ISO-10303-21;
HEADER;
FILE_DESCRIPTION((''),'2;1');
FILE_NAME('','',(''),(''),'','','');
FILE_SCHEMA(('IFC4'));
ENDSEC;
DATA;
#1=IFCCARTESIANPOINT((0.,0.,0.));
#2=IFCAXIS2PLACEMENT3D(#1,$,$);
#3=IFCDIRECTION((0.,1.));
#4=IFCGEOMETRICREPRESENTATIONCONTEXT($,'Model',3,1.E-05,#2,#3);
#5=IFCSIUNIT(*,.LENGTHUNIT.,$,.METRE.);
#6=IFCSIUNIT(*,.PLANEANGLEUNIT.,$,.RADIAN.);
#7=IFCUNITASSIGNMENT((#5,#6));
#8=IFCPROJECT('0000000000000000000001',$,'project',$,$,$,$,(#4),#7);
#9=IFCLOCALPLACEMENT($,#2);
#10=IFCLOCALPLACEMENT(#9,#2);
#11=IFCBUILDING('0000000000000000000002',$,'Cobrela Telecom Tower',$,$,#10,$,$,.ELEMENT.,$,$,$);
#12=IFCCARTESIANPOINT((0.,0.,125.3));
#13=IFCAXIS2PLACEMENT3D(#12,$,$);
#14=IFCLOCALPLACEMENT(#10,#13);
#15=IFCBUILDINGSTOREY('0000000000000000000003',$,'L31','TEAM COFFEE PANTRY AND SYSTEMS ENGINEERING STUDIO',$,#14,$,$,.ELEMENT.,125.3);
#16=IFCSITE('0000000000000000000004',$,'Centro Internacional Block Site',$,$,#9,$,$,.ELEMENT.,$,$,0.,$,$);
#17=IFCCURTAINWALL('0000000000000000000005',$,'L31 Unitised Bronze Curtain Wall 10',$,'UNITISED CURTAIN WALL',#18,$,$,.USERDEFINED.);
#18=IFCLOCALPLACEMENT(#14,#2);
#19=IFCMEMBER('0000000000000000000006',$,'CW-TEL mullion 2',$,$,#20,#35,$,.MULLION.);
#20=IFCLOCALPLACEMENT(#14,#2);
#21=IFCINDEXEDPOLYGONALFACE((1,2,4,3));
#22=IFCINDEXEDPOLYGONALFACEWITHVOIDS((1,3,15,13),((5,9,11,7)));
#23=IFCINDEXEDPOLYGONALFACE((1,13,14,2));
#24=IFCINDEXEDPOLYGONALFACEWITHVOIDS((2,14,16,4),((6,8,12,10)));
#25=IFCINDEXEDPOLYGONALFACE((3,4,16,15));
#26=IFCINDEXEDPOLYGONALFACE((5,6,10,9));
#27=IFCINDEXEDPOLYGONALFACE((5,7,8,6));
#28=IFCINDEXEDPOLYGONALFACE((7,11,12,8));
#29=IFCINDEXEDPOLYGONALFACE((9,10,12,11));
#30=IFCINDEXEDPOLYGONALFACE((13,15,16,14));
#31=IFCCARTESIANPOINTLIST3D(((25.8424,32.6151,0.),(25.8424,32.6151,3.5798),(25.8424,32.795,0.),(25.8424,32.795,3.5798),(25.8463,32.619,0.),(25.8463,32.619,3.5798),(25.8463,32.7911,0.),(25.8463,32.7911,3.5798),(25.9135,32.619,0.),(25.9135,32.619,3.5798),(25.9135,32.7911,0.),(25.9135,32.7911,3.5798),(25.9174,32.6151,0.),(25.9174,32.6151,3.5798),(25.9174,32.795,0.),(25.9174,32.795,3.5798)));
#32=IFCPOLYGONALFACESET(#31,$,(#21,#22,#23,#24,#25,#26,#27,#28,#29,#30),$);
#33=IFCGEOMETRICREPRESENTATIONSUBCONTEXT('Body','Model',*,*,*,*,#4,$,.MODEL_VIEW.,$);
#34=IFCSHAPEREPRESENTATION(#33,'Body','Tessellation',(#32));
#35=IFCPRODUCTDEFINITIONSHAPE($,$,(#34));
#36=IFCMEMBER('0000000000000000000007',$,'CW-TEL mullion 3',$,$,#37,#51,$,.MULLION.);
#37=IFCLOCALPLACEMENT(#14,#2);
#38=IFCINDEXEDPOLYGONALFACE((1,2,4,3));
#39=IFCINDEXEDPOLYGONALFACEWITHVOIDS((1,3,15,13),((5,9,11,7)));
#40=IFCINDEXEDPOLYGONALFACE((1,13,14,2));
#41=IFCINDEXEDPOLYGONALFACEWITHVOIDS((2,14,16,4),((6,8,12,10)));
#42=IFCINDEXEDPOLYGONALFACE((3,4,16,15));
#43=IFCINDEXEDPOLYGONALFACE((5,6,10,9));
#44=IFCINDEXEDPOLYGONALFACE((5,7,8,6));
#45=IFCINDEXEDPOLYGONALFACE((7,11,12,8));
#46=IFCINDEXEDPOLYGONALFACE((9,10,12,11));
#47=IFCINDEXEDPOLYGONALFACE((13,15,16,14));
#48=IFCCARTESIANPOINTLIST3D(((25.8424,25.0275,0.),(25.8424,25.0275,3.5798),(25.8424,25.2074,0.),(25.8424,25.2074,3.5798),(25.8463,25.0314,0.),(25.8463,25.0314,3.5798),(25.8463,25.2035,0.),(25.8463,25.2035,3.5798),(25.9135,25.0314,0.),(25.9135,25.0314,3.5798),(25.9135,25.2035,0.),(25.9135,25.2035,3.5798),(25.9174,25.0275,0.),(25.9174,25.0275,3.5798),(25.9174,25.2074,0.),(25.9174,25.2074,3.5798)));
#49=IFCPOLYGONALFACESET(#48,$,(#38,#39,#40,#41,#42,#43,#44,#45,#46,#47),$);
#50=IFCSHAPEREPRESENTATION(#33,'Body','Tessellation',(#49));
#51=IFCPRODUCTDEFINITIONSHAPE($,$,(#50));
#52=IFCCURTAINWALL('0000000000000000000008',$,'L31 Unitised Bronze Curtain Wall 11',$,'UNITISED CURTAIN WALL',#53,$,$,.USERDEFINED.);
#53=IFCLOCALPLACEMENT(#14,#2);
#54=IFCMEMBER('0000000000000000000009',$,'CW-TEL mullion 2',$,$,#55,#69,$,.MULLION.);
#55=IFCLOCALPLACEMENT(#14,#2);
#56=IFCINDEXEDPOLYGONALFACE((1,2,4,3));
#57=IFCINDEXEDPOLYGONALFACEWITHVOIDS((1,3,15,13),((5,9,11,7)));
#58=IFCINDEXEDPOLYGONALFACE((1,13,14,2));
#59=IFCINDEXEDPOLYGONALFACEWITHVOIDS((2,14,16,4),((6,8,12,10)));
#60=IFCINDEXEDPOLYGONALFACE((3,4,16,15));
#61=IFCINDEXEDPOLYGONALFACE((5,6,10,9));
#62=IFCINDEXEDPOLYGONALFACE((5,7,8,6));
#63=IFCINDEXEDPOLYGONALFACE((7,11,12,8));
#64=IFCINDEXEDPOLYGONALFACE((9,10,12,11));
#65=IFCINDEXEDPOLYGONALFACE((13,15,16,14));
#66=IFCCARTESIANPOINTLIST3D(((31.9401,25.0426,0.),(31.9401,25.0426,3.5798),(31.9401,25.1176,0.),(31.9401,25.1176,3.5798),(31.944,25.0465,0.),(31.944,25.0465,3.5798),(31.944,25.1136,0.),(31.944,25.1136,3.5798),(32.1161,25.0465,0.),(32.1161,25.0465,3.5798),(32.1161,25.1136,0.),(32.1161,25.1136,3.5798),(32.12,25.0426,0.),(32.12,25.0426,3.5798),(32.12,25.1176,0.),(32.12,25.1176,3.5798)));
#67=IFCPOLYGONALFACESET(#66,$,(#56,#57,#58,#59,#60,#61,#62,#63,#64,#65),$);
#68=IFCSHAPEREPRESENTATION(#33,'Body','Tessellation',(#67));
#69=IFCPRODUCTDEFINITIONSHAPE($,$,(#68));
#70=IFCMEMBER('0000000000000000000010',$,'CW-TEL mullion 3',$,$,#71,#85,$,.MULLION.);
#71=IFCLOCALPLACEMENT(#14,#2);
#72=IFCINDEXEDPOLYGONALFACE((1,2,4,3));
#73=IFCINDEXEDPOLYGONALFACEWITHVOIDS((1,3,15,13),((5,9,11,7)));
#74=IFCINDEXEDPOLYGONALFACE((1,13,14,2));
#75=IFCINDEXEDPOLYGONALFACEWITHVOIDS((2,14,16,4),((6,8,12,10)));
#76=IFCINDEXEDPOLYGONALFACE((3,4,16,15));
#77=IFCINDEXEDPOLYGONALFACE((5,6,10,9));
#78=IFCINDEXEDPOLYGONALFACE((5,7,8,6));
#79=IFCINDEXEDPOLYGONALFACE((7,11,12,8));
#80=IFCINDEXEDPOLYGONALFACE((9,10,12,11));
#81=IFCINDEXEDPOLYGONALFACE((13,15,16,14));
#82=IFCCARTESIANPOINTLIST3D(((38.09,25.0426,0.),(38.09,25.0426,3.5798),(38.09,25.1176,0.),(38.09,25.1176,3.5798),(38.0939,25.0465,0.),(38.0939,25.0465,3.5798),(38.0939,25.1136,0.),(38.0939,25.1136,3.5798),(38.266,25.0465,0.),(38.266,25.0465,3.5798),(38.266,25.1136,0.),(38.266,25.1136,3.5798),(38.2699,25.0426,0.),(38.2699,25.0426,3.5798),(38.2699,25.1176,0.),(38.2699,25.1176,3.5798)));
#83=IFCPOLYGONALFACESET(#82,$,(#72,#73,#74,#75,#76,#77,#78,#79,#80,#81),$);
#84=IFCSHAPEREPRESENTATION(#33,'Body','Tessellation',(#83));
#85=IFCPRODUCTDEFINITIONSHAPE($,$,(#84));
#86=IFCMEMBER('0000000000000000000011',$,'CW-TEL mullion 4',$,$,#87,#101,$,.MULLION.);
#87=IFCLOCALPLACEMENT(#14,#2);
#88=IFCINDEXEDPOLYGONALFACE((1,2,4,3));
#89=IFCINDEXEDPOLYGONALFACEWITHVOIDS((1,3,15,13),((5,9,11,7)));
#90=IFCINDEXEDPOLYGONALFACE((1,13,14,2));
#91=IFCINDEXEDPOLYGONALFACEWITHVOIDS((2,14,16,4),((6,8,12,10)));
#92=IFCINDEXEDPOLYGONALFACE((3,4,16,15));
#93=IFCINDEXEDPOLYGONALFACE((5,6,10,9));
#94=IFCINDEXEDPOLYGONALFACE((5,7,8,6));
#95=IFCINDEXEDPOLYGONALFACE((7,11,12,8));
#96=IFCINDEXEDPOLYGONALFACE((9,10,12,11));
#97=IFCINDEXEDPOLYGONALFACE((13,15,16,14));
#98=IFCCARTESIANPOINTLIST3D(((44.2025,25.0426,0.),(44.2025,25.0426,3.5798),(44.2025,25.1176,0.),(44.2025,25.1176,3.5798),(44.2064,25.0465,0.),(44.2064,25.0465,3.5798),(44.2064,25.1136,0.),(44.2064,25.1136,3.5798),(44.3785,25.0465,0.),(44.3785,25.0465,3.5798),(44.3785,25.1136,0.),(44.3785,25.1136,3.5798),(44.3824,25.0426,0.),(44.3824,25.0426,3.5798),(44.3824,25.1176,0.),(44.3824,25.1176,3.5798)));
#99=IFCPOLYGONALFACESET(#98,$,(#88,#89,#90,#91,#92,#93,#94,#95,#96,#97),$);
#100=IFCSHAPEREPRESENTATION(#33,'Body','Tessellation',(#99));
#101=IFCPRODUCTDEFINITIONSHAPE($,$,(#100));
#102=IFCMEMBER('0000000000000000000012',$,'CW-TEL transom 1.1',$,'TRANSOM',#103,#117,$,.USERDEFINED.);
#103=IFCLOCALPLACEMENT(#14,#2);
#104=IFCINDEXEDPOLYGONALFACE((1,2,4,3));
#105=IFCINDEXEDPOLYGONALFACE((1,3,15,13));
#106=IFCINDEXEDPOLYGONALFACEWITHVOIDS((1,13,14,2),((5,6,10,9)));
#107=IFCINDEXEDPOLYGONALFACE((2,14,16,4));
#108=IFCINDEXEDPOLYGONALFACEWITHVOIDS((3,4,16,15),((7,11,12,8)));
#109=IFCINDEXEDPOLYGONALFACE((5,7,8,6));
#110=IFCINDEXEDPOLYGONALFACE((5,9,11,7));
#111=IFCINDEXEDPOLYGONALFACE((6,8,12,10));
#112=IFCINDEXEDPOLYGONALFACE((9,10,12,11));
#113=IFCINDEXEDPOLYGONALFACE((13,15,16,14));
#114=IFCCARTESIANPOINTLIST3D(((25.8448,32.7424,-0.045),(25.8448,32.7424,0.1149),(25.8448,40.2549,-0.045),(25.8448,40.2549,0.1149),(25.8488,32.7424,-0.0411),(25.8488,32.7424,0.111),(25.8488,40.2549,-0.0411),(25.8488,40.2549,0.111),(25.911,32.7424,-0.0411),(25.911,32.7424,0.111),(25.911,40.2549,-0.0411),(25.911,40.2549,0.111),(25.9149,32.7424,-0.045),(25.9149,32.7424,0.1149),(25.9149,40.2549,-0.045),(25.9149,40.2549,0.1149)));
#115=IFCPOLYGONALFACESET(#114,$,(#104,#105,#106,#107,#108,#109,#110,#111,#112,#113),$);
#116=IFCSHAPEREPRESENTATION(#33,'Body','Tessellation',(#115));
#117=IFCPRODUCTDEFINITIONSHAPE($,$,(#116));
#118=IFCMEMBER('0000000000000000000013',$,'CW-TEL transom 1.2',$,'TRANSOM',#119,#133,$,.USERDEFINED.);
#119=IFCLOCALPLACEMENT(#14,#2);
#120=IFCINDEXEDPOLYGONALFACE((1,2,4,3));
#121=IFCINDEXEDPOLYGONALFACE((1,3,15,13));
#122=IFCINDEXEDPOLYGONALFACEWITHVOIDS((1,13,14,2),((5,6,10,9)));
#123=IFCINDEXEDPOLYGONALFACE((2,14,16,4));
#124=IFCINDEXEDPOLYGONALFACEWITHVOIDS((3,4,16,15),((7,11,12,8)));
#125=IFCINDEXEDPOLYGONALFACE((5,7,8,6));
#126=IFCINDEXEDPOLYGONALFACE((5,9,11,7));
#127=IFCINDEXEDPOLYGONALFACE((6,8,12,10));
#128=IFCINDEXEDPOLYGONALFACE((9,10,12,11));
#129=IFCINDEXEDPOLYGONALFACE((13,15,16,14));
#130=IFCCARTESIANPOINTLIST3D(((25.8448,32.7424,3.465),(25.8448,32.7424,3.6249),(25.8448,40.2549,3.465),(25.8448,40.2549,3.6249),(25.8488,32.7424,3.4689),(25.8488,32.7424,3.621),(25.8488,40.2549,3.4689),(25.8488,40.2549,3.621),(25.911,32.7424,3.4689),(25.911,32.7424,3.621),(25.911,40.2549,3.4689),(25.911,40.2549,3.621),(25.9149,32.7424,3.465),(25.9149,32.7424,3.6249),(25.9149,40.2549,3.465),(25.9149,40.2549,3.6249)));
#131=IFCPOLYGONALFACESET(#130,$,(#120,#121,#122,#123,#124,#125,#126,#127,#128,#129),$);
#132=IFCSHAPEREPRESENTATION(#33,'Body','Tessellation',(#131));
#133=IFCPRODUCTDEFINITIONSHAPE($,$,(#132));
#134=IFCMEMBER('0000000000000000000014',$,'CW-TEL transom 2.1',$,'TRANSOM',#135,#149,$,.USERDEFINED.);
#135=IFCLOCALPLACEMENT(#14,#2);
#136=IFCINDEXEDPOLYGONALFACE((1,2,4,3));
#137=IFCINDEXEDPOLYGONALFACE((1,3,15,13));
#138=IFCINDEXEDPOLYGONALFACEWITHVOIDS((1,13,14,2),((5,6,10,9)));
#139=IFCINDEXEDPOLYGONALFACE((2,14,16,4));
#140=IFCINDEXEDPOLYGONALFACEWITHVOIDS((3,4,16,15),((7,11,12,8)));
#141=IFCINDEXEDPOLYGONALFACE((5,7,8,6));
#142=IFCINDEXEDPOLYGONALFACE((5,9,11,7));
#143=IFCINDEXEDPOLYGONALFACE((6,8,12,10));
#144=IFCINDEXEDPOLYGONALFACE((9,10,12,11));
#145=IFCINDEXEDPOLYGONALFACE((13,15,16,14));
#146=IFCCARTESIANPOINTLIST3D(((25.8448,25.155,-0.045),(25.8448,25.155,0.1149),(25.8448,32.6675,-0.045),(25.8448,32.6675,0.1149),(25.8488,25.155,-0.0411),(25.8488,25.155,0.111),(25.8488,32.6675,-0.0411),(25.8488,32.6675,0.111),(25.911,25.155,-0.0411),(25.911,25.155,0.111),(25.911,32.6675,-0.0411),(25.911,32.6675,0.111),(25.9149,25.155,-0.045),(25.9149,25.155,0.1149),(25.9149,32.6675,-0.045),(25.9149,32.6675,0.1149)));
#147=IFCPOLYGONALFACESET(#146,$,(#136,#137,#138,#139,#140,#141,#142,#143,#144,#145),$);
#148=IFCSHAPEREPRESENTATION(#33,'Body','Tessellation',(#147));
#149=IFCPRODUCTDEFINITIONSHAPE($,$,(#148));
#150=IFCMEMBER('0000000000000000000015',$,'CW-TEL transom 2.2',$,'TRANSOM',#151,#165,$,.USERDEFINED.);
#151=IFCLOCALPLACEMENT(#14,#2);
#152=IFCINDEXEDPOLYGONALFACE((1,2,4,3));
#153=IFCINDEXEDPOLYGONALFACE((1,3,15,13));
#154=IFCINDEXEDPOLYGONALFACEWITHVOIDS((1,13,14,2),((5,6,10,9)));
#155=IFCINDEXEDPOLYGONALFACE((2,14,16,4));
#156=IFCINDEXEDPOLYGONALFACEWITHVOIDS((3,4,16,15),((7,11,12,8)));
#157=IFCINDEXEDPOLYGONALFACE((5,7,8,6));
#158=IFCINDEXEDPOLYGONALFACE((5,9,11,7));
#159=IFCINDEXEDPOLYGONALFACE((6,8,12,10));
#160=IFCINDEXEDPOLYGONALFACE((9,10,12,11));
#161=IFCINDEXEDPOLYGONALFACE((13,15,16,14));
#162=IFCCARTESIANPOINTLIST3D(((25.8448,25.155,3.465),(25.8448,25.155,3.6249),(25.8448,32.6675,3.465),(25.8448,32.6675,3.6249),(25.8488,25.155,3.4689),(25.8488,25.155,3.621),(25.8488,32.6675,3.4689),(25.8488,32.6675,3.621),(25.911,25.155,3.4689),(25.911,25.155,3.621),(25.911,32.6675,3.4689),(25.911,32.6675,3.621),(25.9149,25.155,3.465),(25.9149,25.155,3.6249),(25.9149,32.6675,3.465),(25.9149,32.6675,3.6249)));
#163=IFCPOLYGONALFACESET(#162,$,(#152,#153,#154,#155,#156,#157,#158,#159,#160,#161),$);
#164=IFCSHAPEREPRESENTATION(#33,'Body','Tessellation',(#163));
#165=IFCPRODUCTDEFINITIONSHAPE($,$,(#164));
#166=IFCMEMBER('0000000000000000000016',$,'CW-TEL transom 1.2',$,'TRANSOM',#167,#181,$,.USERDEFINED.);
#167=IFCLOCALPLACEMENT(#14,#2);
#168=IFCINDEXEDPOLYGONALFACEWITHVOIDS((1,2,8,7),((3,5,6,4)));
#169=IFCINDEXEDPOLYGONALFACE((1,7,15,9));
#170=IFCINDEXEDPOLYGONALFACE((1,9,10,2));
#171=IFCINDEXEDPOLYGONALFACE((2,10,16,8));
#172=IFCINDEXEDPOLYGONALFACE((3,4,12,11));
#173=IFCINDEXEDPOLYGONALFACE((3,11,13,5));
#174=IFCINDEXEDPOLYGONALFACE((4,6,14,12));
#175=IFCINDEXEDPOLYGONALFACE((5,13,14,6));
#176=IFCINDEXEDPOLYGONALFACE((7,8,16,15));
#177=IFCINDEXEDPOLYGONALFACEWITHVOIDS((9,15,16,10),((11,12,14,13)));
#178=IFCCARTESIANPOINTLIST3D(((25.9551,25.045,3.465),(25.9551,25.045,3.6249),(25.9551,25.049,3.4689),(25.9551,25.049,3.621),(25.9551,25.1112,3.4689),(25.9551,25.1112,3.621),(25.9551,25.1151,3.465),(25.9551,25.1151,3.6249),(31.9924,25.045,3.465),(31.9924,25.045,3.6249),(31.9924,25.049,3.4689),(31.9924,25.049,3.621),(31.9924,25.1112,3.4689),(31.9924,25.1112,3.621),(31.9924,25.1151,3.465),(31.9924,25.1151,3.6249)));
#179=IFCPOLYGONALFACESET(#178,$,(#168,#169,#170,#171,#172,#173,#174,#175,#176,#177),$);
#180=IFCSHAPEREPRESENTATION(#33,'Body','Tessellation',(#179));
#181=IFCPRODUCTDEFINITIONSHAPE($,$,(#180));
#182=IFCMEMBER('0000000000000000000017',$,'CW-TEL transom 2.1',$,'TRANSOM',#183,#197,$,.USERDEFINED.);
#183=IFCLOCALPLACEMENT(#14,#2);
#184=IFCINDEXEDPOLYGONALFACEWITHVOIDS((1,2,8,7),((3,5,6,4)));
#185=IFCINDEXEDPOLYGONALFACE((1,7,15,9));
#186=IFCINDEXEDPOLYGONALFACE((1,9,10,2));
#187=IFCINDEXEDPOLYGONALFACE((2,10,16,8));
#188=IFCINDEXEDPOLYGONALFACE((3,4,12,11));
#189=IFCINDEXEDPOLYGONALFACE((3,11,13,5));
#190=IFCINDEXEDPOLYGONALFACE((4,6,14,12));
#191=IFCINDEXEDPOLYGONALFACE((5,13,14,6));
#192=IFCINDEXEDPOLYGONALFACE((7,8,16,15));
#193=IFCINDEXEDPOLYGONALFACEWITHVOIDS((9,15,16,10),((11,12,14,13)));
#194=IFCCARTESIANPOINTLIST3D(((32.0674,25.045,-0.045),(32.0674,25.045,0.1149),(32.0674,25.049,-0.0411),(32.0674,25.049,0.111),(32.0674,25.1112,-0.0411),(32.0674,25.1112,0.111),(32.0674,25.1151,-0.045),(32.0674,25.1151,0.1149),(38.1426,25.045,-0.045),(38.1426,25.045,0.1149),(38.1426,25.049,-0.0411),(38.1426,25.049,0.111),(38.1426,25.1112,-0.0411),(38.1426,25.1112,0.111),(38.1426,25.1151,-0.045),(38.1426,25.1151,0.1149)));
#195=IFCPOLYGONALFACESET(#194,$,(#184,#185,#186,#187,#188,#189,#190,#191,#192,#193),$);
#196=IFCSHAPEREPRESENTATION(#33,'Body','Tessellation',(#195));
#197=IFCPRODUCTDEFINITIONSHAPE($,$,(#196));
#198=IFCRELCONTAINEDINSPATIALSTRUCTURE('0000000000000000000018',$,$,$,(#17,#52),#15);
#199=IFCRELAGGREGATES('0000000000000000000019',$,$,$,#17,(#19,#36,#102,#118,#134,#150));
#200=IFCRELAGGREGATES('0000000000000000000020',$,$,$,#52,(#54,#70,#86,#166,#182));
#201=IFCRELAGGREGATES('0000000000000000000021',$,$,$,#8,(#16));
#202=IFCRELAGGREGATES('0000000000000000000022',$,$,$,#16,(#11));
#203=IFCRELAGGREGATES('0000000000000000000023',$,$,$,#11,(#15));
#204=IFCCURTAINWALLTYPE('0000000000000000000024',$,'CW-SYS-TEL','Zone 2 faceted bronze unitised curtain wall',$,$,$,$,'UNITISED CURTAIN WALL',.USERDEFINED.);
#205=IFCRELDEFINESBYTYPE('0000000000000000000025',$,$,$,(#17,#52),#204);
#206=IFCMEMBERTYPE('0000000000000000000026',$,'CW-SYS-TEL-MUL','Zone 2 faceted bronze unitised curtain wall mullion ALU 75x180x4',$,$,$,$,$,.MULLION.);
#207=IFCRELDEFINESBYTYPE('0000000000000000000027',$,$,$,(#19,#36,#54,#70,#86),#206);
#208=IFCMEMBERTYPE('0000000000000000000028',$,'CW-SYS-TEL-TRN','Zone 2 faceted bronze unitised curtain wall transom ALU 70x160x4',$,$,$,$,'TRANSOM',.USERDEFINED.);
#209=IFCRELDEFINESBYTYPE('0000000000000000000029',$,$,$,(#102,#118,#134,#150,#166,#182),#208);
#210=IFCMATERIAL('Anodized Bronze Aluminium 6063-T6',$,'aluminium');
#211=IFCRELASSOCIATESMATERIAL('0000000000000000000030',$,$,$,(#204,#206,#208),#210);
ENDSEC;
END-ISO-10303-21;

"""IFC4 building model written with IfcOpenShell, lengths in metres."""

from ifc_helpers import new_model, si_unit, direction, frame, origin, origin_2d, place, context, subcontext, project, spatial, hollow_rectangle, extrude, material, material_profile, profile_set, type_object, element, aggregate, save


model = new_model("IFC4")

# Units and contexts
model_context = context("Model", 3, precision=1e-05, world=origin(), true_north=direction((0.0, 1.0)))
body_context = subcontext(model_context, "Body", "Model", "MODEL_VIEW")
ifc_project = project(units=[si_unit("LENGTHUNIT", "METRE"), si_unit("PLANEANGLEUNIT", "RADIAN")], contexts=[model_context])

# Site, building, storey
site_placement = place(None, origin())
site = spatial("IfcSite", under=ifc_project, at=site_placement, Name="Centro Internacional Block Site", CompositionType="ELEMENT", RefElevation=0.0)
building_placement = place(site_placement, origin())
building = spatial("IfcBuilding", under=site, at=building_placement, Name="Cobrela Telecom Tower", CompositionType="ELEMENT")
storey_placement = place(building_placement, frame((0.0, 0.0, 125.3)))
storey = spatial("IfcBuildingStorey", under=building, at=storey_placement, Name="L31", Description="TEAM COFFEE PANTRY AND SYSTEMS ENGINEERING STUDIO", CompositionType="ELEMENT", Elevation=125.3)

# Shared definitions
ifc_material_1 = material(Name="Anodized Bronze Aluminium 6063-T6", Category="aluminium")
curtain_wall_type = type_object("IfcCurtainWallType", Name="CW-SYS-TEL", Description="Zone 2 faceted bronze unitised curtain wall", ElementType="UNITISED CURTAIN WALL", PredefinedType="USERDEFINED", material=ifc_material_1)
ifc_material_profile_1 = material_profile(ifc_material_1, hollow_rectangle(XDim=0.075, YDim=0.1799, WallThickness=0.0039, at=origin_2d()), Name="ALU 75x180x4")
ifc_profile_set_1 = profile_set([ifc_material_profile_1], Name="Anodized Bronze Aluminium 6063-T6")
member_type_1 = type_object("IfcMemberType", Name="CW-SYS-TEL-MUL", Description="Zone 2 faceted bronze unitised curtain wall mullion ALU 75x180x4", PredefinedType="MULLION", material=ifc_profile_set_1)

# Curtain walls, members
curtain_wall_1_placement = place(storey_placement, origin())
curtain_wall_1 = element("IfcCurtainWall", 1, at=curtain_wall_1_placement, inside=storey, type_object=curtain_wall_type, Name="L31 Unitised Bronze Curtain Wall 10", ObjectType="UNITISED CURTAIN WALL", PredefinedType="USERDEFINED")
member_1_placement = place(storey_placement, frame((25.8799, 32.7051, 0.0), z_axis=(0.0, 0.0, 1.0), x_axis=(1.0, 0.0, 0.0)))
member_1 = element("IfcMember", 2, at=member_1_placement, type_object=member_type_1, Name="CW-TEL mullion 2", PredefinedType="MULLION", context=body_context, shape_type="SweptSolid", body=[
    extrude(hollow_rectangle(XDim=0.075, YDim=0.1799, WallThickness=0.0039, at=origin_2d()), origin(), (0.0, 0.0, 1.0), 3.5798),
])
member_2_placement = place(storey_placement, frame((25.8799, 25.1174, 0.0), z_axis=(0.0, 0.0, 1.0), x_axis=(1.0, 0.0, 0.0)))
member_2 = element("IfcMember", 3, at=member_2_placement, type_object=member_type_1, Name="CW-TEL mullion 3", PredefinedType="MULLION", context=body_context, shape_type="SweptSolid", body=[
    extrude(hollow_rectangle(XDim=0.075, YDim=0.1799, WallThickness=0.0039, at=origin_2d()), origin(), (0.0, 0.0, 1.0), 3.5798),
])
curtain_wall_2_placement = place(storey_placement, origin())
curtain_wall_2 = element("IfcCurtainWall", 4, at=curtain_wall_2_placement, inside=storey, type_object=curtain_wall_type, Name="L31 Unitised Bronze Curtain Wall 11", ObjectType="UNITISED CURTAIN WALL", PredefinedType="USERDEFINED")
member_3_placement = place(storey_placement, frame((32.03, 25.0801, 0.0), z_axis=(0.0, 0.0, 1.0), x_axis=(0.0, 1.0, 0.0)))
member_3 = element("IfcMember", 5, at=member_3_placement, type_object=member_type_1, Name="CW-TEL mullion 2", PredefinedType="MULLION", context=body_context, shape_type="SweptSolid", body=[
    extrude(hollow_rectangle(XDim=0.075, YDim=0.1799, WallThickness=0.0039, at=origin_2d()), origin(), (0.0, 0.0, 1.0), 3.5798),
])
member_4_placement = place(storey_placement, frame((38.1799, 25.0801, 0.0), z_axis=(0.0, 0.0, 1.0), x_axis=(0.0, 1.0, 0.0)))
member_4 = element("IfcMember", 6, at=member_4_placement, type_object=member_type_1, Name="CW-TEL mullion 3", PredefinedType="MULLION", context=body_context, shape_type="SweptSolid", body=[
    extrude(hollow_rectangle(XDim=0.075, YDim=0.1799, WallThickness=0.0039, at=origin_2d()), origin(), (0.0, 0.0, 1.0), 3.5798),
])
member_5_placement = place(storey_placement, frame((44.2925, 25.0801, 0.0), z_axis=(0.0, 0.0, 1.0), x_axis=(0.0, 1.0, 0.0)))
member_5 = element("IfcMember", 7, at=member_5_placement, type_object=member_type_1, Name="CW-TEL mullion 4", PredefinedType="MULLION", context=body_context, shape_type="SweptSolid", body=[
    extrude(hollow_rectangle(XDim=0.075, YDim=0.1799, WallThickness=0.0039, at=origin_2d()), origin(), (0.0, 0.0, 1.0), 3.5798),
])

# Members
ifc_material_profile_2 = material_profile(ifc_material_1, hollow_rectangle(XDim=0.0701, YDim=0.1599, WallThickness=0.0039, at=origin_2d()), Name="ALU 70x160x4")
ifc_profile_set_2 = profile_set([ifc_material_profile_2], Name="Anodized Bronze Aluminium 6063-T6")
member_type_2 = type_object("IfcMemberType", Name="CW-SYS-TEL-TRN", Description="Zone 2 faceted bronze unitised curtain wall transom ALU 70x160x4", ElementType="TRANSOM", PredefinedType="USERDEFINED", material=ifc_profile_set_2)
member_6_placement = place(storey_placement, frame((25.8799, 40.2549, 0.0349), z_axis=(0.0, -1.0, 0.0), x_axis=(1.0, 0.0, 0.0)))
member_6 = element("IfcMember", 8, at=member_6_placement, type_object=member_type_2, Name="CW-TEL transom 1.1", ObjectType="TRANSOM", PredefinedType="USERDEFINED", context=body_context, shape_type="SweptSolid", body=[
    extrude(hollow_rectangle(XDim=0.0701, YDim=0.1599, WallThickness=0.0039, at=origin_2d()), origin(), (0.0, 0.0, 1.0), 7.5125),
])
member_7_placement = place(storey_placement, frame((25.8799, 40.2549, 3.5449), z_axis=(0.0, -1.0, 0.0), x_axis=(1.0, 0.0, 0.0)))
member_7 = element("IfcMember", 9, at=member_7_placement, type_object=member_type_2, Name="CW-TEL transom 1.2", ObjectType="TRANSOM", PredefinedType="USERDEFINED", context=body_context, shape_type="SweptSolid", body=[
    extrude(hollow_rectangle(XDim=0.0701, YDim=0.1599, WallThickness=0.0039, at=origin_2d()), origin(), (0.0, 0.0, 1.0), 7.5125),
])
member_8_placement = place(storey_placement, frame((25.8799, 32.6675, 0.0349), z_axis=(0.0, -1.0, 0.0), x_axis=(1.0, 0.0, 0.0)))
member_8 = element("IfcMember", 10, at=member_8_placement, type_object=member_type_2, Name="CW-TEL transom 2.1", ObjectType="TRANSOM", PredefinedType="USERDEFINED", context=body_context, shape_type="SweptSolid", body=[
    extrude(hollow_rectangle(XDim=0.0701, YDim=0.1599, WallThickness=0.0039, at=origin_2d()), origin(), (0.0, 0.0, 1.0), 7.5125),
])
member_9_placement = place(storey_placement, frame((25.8799, 32.6675, 3.5449), z_axis=(0.0, -1.0, 0.0), x_axis=(1.0, 0.0, 0.0)))
member_9 = element("IfcMember", 11, at=member_9_placement, type_object=member_type_2, Name="CW-TEL transom 2.2", ObjectType="TRANSOM", PredefinedType="USERDEFINED", context=body_context, shape_type="SweptSolid", body=[
    extrude(hollow_rectangle(XDim=0.0701, YDim=0.1599, WallThickness=0.0039, at=origin_2d()), origin(), (0.0, 0.0, 1.0), 7.5125),
])
member_10_placement = place(storey_placement, frame((25.9551, 25.0801, 3.5449), z_axis=(1.0, 0.0, 0.0), x_axis=(0.0, 1.0, 0.0)))
member_10 = element("IfcMember", 12, at=member_10_placement, type_object=member_type_2, Name="CW-TEL transom 1.2", ObjectType="TRANSOM", PredefinedType="USERDEFINED", context=body_context, shape_type="SweptSolid", body=[
    extrude(hollow_rectangle(XDim=0.0701, YDim=0.1599, WallThickness=0.0039, at=origin_2d()), origin(), (0.0, 0.0, 1.0), 6.0374),
])
member_11_placement = place(storey_placement, frame((32.0674, 25.0801, 0.0349), z_axis=(1.0, 0.0, 0.0), x_axis=(0.0, 1.0, 0.0)))
member_11 = element("IfcMember", 13, at=member_11_placement, type_object=member_type_2, Name="CW-TEL transom 2.1", ObjectType="TRANSOM", PredefinedType="USERDEFINED", context=body_context, shape_type="SweptSolid", body=[
    extrude(hollow_rectangle(XDim=0.0701, YDim=0.1599, WallThickness=0.0039, at=origin_2d()), origin(), (0.0, 0.0, 1.0), 6.0752),
])

aggregate(curtain_wall_1, [member_1, member_2, member_6, member_7, member_8, member_9])
aggregate(curtain_wall_2, [member_3, member_4, member_5, member_10, member_11])

save(model, "model.ifc")
